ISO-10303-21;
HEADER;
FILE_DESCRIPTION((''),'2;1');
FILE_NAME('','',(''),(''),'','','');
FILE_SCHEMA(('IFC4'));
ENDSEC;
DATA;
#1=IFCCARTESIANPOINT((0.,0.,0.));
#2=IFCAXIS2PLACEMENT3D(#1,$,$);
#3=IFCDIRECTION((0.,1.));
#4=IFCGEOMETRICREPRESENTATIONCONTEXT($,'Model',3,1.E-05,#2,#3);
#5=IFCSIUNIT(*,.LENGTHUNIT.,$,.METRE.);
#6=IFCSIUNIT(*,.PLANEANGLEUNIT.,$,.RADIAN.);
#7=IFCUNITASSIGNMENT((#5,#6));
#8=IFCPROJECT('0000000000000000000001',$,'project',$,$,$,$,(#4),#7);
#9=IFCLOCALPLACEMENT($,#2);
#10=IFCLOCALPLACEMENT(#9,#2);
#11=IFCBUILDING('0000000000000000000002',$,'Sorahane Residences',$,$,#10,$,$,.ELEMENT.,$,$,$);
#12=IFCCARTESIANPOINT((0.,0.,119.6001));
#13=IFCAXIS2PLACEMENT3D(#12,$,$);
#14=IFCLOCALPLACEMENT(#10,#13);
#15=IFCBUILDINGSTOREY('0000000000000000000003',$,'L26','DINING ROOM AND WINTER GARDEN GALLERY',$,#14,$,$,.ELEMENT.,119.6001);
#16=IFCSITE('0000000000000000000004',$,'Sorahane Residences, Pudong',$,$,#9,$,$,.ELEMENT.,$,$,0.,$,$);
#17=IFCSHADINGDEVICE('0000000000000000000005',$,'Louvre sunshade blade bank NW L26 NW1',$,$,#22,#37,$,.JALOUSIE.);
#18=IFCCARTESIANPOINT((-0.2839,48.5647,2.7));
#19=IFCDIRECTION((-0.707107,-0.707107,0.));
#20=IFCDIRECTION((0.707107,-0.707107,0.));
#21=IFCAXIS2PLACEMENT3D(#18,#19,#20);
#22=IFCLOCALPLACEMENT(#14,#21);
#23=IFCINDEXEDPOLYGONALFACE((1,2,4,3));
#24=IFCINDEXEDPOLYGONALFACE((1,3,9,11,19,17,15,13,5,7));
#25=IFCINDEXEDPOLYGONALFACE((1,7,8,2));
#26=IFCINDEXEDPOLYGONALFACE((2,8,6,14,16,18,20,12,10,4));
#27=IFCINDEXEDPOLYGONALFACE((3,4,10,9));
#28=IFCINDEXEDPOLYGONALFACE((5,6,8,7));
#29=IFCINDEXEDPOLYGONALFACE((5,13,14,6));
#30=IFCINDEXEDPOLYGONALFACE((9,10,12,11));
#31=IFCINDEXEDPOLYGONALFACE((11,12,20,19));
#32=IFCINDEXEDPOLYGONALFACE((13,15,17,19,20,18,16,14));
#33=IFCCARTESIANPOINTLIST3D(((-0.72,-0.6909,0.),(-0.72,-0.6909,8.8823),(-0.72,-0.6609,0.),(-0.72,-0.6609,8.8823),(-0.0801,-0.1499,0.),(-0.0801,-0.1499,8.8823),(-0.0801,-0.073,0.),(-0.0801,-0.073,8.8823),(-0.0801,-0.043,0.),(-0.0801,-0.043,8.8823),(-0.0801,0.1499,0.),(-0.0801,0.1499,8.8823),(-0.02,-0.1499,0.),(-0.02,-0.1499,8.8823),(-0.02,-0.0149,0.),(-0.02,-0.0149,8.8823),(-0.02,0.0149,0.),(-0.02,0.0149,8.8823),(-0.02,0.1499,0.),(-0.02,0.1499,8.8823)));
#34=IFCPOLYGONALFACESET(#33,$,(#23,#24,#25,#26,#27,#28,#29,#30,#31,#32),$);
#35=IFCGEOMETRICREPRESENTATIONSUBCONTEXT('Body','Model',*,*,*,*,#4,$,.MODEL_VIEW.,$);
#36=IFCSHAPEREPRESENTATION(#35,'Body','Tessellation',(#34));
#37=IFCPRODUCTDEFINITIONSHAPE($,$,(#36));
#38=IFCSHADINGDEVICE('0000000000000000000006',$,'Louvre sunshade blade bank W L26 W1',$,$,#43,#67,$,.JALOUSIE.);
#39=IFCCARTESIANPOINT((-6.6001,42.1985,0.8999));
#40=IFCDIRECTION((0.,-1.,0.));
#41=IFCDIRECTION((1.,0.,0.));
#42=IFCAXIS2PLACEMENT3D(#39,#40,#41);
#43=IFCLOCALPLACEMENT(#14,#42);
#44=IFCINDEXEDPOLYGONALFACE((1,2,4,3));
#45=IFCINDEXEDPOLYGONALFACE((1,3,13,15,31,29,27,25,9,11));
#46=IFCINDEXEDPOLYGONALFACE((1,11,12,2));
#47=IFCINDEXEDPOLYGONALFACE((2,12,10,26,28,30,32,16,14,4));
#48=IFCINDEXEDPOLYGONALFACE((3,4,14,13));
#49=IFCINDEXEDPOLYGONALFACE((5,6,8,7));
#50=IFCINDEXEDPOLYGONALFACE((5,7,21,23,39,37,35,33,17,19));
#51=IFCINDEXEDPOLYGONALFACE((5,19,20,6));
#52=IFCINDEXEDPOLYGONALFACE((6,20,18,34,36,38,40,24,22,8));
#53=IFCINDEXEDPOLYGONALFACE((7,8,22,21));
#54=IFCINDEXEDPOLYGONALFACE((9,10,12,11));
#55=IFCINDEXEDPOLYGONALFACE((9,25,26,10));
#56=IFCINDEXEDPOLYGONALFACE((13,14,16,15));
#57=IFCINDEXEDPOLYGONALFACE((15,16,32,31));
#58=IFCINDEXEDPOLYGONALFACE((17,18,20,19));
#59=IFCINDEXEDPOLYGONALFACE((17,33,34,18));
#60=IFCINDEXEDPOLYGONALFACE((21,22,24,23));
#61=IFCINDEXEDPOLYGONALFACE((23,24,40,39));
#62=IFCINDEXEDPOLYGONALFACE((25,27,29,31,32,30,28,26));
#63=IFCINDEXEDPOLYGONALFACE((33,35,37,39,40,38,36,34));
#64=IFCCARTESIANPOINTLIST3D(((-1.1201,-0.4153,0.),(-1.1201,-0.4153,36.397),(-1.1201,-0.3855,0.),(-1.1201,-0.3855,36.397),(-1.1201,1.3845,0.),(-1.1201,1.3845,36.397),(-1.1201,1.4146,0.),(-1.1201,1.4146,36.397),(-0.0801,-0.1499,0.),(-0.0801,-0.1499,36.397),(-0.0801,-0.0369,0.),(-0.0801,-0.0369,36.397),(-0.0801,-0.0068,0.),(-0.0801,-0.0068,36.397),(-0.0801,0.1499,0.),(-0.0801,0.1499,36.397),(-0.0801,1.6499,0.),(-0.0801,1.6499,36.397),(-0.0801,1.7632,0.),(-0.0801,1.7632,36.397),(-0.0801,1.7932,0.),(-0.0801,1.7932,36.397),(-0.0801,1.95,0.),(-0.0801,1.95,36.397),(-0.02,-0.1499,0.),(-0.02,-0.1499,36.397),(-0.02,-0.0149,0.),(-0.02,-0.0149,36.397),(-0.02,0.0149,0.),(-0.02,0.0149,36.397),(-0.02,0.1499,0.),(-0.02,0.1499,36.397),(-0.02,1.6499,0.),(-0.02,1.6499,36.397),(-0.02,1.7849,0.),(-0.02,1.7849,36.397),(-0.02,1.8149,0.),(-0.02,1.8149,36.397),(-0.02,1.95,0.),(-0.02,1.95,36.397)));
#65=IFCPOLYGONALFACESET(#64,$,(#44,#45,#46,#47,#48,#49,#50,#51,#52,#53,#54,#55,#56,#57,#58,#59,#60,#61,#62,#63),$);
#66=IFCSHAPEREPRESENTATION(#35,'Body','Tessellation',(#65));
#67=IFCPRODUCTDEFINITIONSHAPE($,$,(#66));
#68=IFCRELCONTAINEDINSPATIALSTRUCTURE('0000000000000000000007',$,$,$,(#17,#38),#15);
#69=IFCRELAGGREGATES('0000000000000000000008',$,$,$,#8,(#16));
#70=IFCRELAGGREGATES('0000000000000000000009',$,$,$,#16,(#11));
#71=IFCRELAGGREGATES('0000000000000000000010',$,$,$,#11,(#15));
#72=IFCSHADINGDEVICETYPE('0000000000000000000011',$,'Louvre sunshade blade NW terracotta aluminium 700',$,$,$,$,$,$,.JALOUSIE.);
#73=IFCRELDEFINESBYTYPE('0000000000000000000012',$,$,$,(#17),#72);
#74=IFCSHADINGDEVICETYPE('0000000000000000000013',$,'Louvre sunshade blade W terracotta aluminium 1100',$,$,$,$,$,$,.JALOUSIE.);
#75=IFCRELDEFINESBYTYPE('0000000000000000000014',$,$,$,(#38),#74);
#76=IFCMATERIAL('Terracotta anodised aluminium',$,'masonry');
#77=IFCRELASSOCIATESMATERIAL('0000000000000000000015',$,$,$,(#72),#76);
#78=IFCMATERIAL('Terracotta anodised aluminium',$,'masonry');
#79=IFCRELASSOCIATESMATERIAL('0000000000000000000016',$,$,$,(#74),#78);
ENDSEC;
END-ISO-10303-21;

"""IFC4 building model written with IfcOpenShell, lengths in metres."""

from ifc_helpers import new_model, si_unit, direction, frame, origin, place, context, subcontext, project, spatial, polyline, outline, composite_profile, extrude, material, type_object, element, save


model = new_model("IFC4")

# Units and contexts
model_context = context("Model", 3, precision=1e-05, world=origin(), true_north=direction((0.0, 1.0)))
body_context = subcontext(model_context, "Body", "Model", "MODEL_VIEW")
ifc_project = project(units=[si_unit("LENGTHUNIT", "METRE"), si_unit("PLANEANGLEUNIT", "RADIAN")], contexts=[model_context])

# Site, building, storey
site_placement = place(None, origin())
site = spatial("IfcSite", under=ifc_project, at=site_placement, Name="Sorahane Residences, Pudong", CompositionType="ELEMENT", RefElevation=0.0)
building_placement = place(site_placement, origin())
building = spatial("IfcBuilding", under=site, at=building_placement, Name="Sorahane Residences", CompositionType="ELEMENT")
storey_placement = place(building_placement, frame((0.0, 0.0, 119.6001)))
storey = spatial("IfcBuildingStorey", under=building, at=storey_placement, Name="L26", Description="DINING ROOM AND WINTER GARDEN GALLERY", CompositionType="ELEMENT", Elevation=119.6001)

# Shading devices
ifc_material_1 = material(Name="Terracotta anodised aluminium", Category="masonry")
shading_device_type_1 = type_object("IfcShadingDeviceType", Name="Louvre sunshade blade NW terracotta aluminium 700", PredefinedType="JALOUSIE", material=ifc_material_1)
shading_device_1_placement = place(storey_placement, frame((-0.2839, 48.5647, 2.7), z_axis=(-0.707107, -0.707107, 0.0), x_axis=(0.707107, -0.707107, 0.0)))
element("IfcShadingDevice", 1, at=shading_device_1_placement, inside=storey, type_object=shading_device_type_1, Name="Louvre sunshade blade bank NW L26 NW1", PredefinedType="JALOUSIE", context=body_context, shape_type="SweptSolid", body=[
    extrude(outline(polyline([(-0.72, -0.6609), (-0.72, -0.6909), (-0.0801, -0.073), (-0.0801, -0.1499), (-0.02, -0.1499), (-0.02, -0.0149), (-0.02, 0.0149), (-0.02, 0.1499), (-0.0801, 0.1499), (-0.0801, -0.043), (-0.72, -0.6609)])), origin(), (0.0, 0.0, 1.0), 8.8823),
])
ifc_material_2 = material(Name="Terracotta anodised aluminium", Category="masonry")
shading_device_type_2 = type_object("IfcShadingDeviceType", Name="Louvre sunshade blade W terracotta aluminium 1100", PredefinedType="JALOUSIE", material=ifc_material_2)
shading_device_2_placement = place(storey_placement, frame((-6.6001, 42.1985, 0.8999), z_axis=(0.0, -1.0, 0.0), x_axis=(1.0, 0.0, 0.0)))
element("IfcShadingDevice", 2, at=shading_device_2_placement, inside=storey, type_object=shading_device_type_2, Name="Louvre sunshade blade bank W L26 W1", PredefinedType="JALOUSIE", context=body_context, shape_type="SweptSolid", body=[
    extrude(composite_profile([outline(polyline([(-1.1201, -0.3855), (-1.1201, -0.4153), (-0.0801, -0.0369), (-0.0801, -0.1499), (-0.02, -0.1499), (-0.02, -0.0149), (-0.02, 0.0149), (-0.02, 0.1499), (-0.0801, 0.1499), (-0.0801, -0.0068), (-1.1201, -0.3855)])), outline(polyline([(-1.1201, 1.4146), (-1.1201, 1.3845), (-0.0801, 1.7632), (-0.0801, 1.6499), (-0.02, 1.6499), (-0.02, 1.7849), (-0.02, 1.8149), (-0.02, 1.95), (-0.0801, 1.95), (-0.0801, 1.7932), (-1.1201, 1.4146)]))]), origin(), (0.0, 0.0, 1.0), 36.397),
])

save(model, "model.ifc")
